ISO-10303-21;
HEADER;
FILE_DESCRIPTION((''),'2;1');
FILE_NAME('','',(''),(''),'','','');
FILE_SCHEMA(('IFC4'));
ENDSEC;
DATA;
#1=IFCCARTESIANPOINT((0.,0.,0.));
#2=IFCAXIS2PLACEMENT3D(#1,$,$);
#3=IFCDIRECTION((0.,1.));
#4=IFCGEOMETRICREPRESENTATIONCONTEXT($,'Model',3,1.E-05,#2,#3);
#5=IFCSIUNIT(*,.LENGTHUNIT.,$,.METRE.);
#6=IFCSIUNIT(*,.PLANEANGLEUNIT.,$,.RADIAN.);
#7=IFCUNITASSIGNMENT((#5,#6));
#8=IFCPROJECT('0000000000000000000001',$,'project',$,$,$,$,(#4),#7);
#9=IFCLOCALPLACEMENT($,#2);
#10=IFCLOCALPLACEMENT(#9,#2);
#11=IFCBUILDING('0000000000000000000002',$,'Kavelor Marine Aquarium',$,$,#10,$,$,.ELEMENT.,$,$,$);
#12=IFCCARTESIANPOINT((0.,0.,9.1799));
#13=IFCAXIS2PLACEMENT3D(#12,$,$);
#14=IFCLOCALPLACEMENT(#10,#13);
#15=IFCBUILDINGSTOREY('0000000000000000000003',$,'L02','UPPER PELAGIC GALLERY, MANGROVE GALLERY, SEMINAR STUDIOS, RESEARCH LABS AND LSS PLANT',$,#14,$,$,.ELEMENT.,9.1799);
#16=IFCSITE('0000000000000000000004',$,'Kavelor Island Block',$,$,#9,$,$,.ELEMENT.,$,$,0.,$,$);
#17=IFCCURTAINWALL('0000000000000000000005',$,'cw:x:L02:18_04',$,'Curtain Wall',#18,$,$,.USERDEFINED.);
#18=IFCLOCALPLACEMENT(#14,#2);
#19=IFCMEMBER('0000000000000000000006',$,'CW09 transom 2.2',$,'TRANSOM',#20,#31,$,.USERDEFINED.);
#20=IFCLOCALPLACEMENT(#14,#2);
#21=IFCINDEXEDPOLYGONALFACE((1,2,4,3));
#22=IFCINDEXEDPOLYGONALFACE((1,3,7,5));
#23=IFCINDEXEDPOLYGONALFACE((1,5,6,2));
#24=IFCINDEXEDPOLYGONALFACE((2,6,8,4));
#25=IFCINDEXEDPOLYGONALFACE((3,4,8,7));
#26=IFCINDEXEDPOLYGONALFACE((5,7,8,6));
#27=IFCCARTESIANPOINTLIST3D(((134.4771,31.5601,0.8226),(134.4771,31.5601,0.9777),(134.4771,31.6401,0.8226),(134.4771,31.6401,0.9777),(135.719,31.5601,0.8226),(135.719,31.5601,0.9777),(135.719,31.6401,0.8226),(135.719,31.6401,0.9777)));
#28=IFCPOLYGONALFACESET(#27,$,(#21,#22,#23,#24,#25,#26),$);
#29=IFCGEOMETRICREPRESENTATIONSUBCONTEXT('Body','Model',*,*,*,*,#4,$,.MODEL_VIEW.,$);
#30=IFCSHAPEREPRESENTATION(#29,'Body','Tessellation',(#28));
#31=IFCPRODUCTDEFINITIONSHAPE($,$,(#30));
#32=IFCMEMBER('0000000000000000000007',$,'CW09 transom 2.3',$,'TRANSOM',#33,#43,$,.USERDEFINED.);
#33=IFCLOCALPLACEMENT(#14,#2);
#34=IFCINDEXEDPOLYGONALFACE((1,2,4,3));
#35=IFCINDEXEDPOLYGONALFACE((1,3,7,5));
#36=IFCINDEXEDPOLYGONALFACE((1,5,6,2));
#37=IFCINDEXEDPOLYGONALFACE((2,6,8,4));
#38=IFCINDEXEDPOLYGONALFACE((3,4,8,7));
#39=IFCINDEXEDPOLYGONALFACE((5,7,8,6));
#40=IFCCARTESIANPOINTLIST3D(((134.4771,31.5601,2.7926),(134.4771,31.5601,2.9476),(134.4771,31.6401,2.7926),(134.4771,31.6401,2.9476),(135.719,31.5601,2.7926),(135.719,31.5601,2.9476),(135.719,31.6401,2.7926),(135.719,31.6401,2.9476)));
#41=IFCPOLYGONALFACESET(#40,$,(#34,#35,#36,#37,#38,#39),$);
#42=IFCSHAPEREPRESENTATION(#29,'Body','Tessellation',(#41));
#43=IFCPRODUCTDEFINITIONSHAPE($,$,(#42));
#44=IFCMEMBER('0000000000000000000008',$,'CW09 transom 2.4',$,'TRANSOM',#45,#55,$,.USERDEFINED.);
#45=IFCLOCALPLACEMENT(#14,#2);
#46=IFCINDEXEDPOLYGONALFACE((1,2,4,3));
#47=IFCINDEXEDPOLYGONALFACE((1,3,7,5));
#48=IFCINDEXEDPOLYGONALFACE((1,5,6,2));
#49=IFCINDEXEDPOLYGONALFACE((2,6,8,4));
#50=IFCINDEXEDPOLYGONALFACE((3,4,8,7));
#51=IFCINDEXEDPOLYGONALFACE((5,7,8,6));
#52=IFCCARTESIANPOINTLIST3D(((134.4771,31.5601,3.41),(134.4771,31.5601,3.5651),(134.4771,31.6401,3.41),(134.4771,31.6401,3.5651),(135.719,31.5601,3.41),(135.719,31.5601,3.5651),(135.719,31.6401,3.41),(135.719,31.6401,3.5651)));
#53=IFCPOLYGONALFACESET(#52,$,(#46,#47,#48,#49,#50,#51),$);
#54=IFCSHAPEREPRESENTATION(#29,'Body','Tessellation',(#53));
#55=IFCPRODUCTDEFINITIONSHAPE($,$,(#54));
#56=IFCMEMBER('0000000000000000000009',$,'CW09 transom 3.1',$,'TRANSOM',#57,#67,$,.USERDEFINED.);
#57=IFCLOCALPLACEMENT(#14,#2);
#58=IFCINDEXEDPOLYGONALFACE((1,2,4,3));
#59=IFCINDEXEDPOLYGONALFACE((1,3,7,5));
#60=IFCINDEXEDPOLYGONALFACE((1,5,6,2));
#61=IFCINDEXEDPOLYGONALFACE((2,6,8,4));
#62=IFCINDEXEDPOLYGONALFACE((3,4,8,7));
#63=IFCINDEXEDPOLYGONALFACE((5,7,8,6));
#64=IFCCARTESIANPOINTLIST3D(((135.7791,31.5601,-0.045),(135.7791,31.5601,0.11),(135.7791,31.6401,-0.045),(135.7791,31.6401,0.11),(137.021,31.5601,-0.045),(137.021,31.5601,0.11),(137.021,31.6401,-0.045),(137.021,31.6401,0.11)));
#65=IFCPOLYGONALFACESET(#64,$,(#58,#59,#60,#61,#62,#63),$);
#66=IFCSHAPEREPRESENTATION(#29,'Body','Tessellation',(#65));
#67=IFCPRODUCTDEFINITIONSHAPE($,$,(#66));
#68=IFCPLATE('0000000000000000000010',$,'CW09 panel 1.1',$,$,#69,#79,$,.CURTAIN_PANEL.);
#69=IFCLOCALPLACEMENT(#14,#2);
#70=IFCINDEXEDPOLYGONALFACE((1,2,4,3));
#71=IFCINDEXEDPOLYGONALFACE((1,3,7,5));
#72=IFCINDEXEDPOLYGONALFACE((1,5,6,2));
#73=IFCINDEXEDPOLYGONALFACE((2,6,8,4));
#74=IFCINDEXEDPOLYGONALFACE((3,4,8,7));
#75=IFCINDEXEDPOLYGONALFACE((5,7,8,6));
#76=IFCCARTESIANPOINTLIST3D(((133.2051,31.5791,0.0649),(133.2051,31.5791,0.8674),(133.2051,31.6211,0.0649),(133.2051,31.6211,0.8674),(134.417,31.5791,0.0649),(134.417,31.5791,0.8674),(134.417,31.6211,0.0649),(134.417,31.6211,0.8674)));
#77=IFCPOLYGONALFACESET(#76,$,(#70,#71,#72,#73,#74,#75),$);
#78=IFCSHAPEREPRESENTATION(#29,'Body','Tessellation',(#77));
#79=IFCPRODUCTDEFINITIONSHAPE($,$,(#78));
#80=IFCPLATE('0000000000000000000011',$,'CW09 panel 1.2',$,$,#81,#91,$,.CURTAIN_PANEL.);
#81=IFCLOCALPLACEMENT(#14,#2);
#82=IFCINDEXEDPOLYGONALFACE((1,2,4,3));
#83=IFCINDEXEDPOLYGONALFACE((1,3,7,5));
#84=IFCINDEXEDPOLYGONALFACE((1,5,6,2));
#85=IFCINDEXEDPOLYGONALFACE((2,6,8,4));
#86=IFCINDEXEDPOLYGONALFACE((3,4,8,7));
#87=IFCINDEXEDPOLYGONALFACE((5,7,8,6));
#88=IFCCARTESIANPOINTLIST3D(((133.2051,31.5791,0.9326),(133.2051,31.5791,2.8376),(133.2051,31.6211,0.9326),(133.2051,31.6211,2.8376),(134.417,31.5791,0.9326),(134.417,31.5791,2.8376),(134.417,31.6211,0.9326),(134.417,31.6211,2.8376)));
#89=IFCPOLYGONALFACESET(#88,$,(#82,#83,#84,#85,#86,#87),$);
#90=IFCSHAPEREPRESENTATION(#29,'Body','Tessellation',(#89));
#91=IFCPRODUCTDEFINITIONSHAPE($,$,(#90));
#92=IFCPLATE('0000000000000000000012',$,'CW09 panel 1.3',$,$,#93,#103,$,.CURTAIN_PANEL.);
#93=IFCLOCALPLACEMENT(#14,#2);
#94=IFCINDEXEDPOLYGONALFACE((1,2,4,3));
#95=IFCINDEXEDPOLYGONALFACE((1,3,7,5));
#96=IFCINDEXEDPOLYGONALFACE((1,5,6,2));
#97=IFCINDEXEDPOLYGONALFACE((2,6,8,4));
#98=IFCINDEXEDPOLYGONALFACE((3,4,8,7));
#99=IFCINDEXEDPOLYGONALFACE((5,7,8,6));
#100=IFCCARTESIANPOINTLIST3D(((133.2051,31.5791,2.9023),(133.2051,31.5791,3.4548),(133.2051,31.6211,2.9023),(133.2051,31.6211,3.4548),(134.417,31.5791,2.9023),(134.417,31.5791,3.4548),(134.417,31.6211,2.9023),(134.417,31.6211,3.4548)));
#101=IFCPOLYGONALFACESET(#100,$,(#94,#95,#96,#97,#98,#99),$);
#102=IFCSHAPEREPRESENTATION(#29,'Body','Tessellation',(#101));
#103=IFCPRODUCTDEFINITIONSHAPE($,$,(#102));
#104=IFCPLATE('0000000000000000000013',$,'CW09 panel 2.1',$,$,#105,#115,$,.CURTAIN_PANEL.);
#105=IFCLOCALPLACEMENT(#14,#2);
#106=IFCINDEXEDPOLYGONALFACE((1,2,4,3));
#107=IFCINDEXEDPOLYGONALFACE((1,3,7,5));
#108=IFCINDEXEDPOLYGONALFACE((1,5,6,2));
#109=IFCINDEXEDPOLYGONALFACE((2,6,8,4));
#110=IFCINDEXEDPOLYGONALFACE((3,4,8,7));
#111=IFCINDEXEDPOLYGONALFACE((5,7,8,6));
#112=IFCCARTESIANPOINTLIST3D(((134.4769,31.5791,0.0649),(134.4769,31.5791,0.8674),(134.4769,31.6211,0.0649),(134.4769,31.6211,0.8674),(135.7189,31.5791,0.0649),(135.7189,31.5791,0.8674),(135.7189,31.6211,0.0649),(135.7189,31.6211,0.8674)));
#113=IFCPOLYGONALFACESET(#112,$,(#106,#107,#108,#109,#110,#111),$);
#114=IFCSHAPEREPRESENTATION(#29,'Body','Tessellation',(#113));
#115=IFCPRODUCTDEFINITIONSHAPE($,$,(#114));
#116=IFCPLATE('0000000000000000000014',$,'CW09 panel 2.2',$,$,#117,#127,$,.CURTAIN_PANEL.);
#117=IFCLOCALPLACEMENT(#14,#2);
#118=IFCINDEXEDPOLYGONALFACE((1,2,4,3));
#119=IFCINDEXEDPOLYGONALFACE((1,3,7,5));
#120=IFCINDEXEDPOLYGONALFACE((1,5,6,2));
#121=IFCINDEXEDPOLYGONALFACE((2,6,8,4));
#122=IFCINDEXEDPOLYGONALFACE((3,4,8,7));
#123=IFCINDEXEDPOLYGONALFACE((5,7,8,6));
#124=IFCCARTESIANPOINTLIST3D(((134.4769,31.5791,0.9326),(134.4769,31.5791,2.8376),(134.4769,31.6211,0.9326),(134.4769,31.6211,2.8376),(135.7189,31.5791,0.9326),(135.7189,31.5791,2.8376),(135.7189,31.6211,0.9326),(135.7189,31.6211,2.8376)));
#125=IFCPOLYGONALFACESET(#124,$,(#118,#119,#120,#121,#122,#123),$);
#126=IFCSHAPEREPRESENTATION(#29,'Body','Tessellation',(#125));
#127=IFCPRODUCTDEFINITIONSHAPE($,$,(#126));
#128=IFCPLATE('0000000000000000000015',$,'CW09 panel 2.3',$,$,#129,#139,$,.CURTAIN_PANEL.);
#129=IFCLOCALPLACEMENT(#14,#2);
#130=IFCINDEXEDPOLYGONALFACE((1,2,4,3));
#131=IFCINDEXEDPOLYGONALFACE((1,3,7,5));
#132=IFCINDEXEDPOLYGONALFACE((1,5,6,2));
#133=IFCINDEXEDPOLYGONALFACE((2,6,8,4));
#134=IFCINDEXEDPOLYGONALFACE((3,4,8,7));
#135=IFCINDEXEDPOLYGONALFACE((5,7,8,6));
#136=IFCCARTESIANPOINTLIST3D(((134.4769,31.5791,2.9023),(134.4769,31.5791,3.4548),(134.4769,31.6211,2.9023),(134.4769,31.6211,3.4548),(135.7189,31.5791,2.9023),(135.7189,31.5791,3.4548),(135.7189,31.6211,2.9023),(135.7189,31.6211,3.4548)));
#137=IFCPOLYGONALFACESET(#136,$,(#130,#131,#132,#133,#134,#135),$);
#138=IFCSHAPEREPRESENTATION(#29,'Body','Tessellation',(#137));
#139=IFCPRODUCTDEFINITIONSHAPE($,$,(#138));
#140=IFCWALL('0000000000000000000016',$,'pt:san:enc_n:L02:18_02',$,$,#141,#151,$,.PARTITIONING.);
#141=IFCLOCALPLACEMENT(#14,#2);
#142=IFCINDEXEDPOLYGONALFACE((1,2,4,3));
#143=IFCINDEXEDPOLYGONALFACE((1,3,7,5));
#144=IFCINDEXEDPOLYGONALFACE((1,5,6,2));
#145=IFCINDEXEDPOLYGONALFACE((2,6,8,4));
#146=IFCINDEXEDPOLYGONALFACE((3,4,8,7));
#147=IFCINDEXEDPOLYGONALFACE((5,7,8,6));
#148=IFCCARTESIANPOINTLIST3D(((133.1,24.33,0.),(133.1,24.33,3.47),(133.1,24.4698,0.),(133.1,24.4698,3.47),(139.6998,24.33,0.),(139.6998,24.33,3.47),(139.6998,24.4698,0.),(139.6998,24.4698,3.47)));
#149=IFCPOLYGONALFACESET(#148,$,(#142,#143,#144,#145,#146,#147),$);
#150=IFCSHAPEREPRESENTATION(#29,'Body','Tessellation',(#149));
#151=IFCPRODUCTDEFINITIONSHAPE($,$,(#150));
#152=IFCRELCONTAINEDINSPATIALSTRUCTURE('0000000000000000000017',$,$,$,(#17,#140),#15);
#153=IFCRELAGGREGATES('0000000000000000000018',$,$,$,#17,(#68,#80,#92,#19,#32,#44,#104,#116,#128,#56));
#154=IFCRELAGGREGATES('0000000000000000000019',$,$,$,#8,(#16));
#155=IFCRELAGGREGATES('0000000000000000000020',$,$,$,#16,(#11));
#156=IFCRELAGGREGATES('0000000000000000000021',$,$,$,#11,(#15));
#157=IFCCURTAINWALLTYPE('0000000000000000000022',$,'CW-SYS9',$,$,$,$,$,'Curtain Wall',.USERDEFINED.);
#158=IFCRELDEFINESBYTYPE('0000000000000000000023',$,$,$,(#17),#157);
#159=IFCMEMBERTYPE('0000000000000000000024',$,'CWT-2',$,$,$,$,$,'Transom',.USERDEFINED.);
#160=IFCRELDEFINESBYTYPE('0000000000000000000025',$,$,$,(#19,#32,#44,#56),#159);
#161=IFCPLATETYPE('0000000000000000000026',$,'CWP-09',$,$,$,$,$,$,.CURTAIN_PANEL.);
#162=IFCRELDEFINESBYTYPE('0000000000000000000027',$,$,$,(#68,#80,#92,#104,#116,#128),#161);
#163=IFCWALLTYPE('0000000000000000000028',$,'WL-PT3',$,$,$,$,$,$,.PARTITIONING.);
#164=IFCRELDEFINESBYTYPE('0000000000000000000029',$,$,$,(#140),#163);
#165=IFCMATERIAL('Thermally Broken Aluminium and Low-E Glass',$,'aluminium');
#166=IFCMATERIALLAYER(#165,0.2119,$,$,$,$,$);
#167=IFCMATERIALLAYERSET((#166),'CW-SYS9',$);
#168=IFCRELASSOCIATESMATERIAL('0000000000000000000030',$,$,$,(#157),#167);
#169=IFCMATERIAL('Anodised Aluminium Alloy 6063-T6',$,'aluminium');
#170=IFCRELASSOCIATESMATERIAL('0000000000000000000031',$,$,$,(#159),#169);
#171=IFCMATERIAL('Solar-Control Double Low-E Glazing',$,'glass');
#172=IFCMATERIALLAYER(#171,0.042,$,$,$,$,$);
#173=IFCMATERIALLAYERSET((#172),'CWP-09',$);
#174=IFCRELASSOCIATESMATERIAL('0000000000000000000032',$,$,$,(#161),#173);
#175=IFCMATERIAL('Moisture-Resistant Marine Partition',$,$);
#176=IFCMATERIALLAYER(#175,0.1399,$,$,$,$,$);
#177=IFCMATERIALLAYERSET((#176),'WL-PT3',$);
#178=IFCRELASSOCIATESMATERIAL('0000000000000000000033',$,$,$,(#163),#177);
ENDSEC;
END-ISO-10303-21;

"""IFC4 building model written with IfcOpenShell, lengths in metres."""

from ifc_helpers import new_model, si_unit, direction, frame, frame_2d, origin, origin_2d, place, context, subcontext, project, spatial, rectangle, extrude, material, layer, layer_set, material_profile, profile_set, type_object, element, aggregate, save


model = new_model("IFC4")

# Units and contexts
model_context = context("Model", 3, precision=1e-05, world=origin(), true_north=direction((0.0, 1.0)))
body_context = subcontext(model_context, "Body", "Model", "MODEL_VIEW")
ifc_project = project(units=[si_unit("LENGTHUNIT", "METRE"), si_unit("PLANEANGLEUNIT", "RADIAN")], contexts=[model_context])

# Site, building, storey
site_placement = place(None, origin())
site = spatial("IfcSite", under=ifc_project, at=site_placement, Name="Kavelor Island Block", CompositionType="ELEMENT", RefElevation=0.0)
building_placement = place(site_placement, origin())
building = spatial("IfcBuilding", under=site, at=building_placement, Name="Kavelor Marine Aquarium", CompositionType="ELEMENT")
storey_placement = place(building_placement, frame((0.0, 0.0, 9.1799)))
storey = spatial("IfcBuildingStorey", under=building, at=storey_placement, Name="L02", Description="UPPER PELAGIC GALLERY, MANGROVE GALLERY, SEMINAR STUDIOS, RESEARCH LABS AND LSS PLANT", CompositionType="ELEMENT", Elevation=9.1799)

# Curtain wall, members, plates
ifc_material_1 = material(Name="Thermally Broken Aluminium and Low-E Glass", Category="aluminium")
ifc_layer_1 = layer(ifc_material_1, 0.2119)
ifc_layer_set_1 = layer_set([ifc_layer_1], Name="CW-SYS9")
curtain_wall_type = type_object("IfcCurtainWallType", Name="CW-SYS9", ElementType="Curtain Wall", PredefinedType="USERDEFINED", material=ifc_layer_set_1)
curtain_wall_placement = place(storey_placement, origin())
curtain_wall = element("IfcCurtainWall", 1, at=curtain_wall_placement, inside=storey, type_object=curtain_wall_type, Name="cw:x:L02:18_04", ObjectType="Curtain Wall", PredefinedType="USERDEFINED")
ifc_material_2 = material(Name="Anodised Aluminium Alloy 6063-T6", Category="aluminium")
ifc_material_profile_1 = material_profile(ifc_material_2, rectangle(XDim=0.0801, YDim=0.155, at=origin_2d()), Name="CW-TRN 80x155")
ifc_profile_set_1 = profile_set([ifc_material_profile_1], Name="Anodised Aluminium Alloy 6063-T6")
member_type_1 = type_object("IfcMemberType", Name="CWT-2", ElementType="Transom", PredefinedType="USERDEFINED", material=ifc_profile_set_1)
member_1_placement = place(storey_placement, frame((134.4771, 31.6001, 0.9001), z_axis=(1.0, 0.0, 0.0), x_axis=(0.0, 1.0, 0.0)))
member_1 = element("IfcMember", 2, at=member_1_placement, type_object=member_type_1, Name="CW09 transom 2.2", ObjectType="TRANSOM", PredefinedType="USERDEFINED", context=body_context, shape_type="SweptSolid", body=[
    extrude(rectangle(XDim=0.0801, YDim=0.155, at=origin_2d()), origin(), (0.0, 0.0, 1.0), 1.2419),
])
member_2_placement = place(storey_placement, frame((134.4771, 31.6001, 2.8701), z_axis=(1.0, 0.0, 0.0), x_axis=(0.0, 1.0, 0.0)))
member_2 = element("IfcMember", 3, at=member_2_placement, type_object=member_type_1, Name="CW09 transom 2.3", ObjectType="TRANSOM", PredefinedType="USERDEFINED", context=body_context, shape_type="SweptSolid", body=[
    extrude(rectangle(XDim=0.0801, YDim=0.155, at=origin_2d()), origin(), (0.0, 0.0, 1.0), 1.2419),
])
member_3_placement = place(storey_placement, frame((134.4771, 31.6001, 3.4875), z_axis=(1.0, 0.0, 0.0), x_axis=(0.0, 1.0, 0.0)))
member_3 = element("IfcMember", 4, at=member_3_placement, type_object=member_type_1, Name="CW09 transom 2.4", ObjectType="TRANSOM", PredefinedType="USERDEFINED", context=body_context, shape_type="SweptSolid", body=[
    extrude(rectangle(XDim=0.0801, YDim=0.155, at=origin_2d()), origin(), (0.0, 0.0, 1.0), 1.2419),
])
member_4_placement = place(storey_placement, frame((135.7791, 31.6001, 0.0325), z_axis=(1.0, 0.0, 0.0), x_axis=(0.0, 1.0, 0.0)))
member_4 = element("IfcMember", 5, at=member_4_placement, type_object=member_type_1, Name="CW09 transom 3.1", ObjectType="TRANSOM", PredefinedType="USERDEFINED", context=body_context, shape_type="SweptSolid", body=[
    extrude(rectangle(XDim=0.0801, YDim=0.155, at=origin_2d()), origin(), (0.0, 0.0, 1.0), 1.2419),
])
ifc_material_3 = material(Name="Solar-Control Double Low-E Glazing", Category="glass")
ifc_layer_2 = layer(ifc_material_3, 0.042)
ifc_layer_set_2 = layer_set([ifc_layer_2], Name="CWP-09")
plate_type = type_object("IfcPlateType", Name="CWP-09", PredefinedType="CURTAIN_PANEL", material=ifc_layer_set_2)
plate_1_placement = place(storey_placement, frame((133.811, 31.6001, 0.0649), z_axis=(0.0, 0.0, 1.0), x_axis=(1.0, 0.0, 0.0)))
plate_1 = element("IfcPlate", 6, at=plate_1_placement, type_object=plate_type, Name="CW09 panel 1.1", PredefinedType="CURTAIN_PANEL", context=body_context, shape_type="SweptSolid", body=[
    extrude(rectangle(XDim=1.2119, YDim=0.042, at=origin_2d()), origin(), (0.0, 0.0, 1.0), 0.8025),
])
plate_2_placement = place(storey_placement, frame((133.811, 31.6001, 0.9326), z_axis=(0.0, 0.0, 1.0), x_axis=(1.0, 0.0, 0.0)))
plate_2 = element("IfcPlate", 7, at=plate_2_placement, type_object=plate_type, Name="CW09 panel 1.2", PredefinedType="CURTAIN_PANEL", context=body_context, shape_type="SweptSolid", body=[
    extrude(rectangle(XDim=1.2119, YDim=0.042, at=origin_2d()), origin(), (0.0, 0.0, 1.0), 1.905),
])
plate_3_placement = place(storey_placement, frame((133.811, 31.6001, 2.9023), z_axis=(0.0, 0.0, 1.0), x_axis=(1.0, 0.0, 0.0)))
plate_3 = element("IfcPlate", 8, at=plate_3_placement, type_object=plate_type, Name="CW09 panel 1.3", PredefinedType="CURTAIN_PANEL", context=body_context, shape_type="SweptSolid", body=[
    extrude(rectangle(XDim=1.2119, YDim=0.042, at=origin_2d()), origin(), (0.0, 0.0, 1.0), 0.5525),
])
plate_4_placement = place(storey_placement, frame((135.0979, 31.6001, 0.0649), z_axis=(0.0, 0.0, 1.0), x_axis=(1.0, 0.0, 0.0)))
plate_4 = element("IfcPlate", 9, at=plate_4_placement, type_object=plate_type, Name="CW09 panel 2.1", PredefinedType="CURTAIN_PANEL", context=body_context, shape_type="SweptSolid", body=[
    extrude(rectangle(XDim=1.2419, YDim=0.042, at=origin_2d()), origin(), (0.0, 0.0, 1.0), 0.8025),
])
plate_5_placement = place(storey_placement, frame((135.0979, 31.6001, 0.9326), z_axis=(0.0, 0.0, 1.0), x_axis=(1.0, 0.0, 0.0)))
plate_5 = element("IfcPlate", 10, at=plate_5_placement, type_object=plate_type, Name="CW09 panel 2.2", PredefinedType="CURTAIN_PANEL", context=body_context, shape_type="SweptSolid", body=[
    extrude(rectangle(XDim=1.2419, YDim=0.042, at=origin_2d()), origin(), (0.0, 0.0, 1.0), 1.905),
])
plate_6_placement = place(storey_placement, frame((135.0979, 31.6001, 2.9023), z_axis=(0.0, 0.0, 1.0), x_axis=(1.0, 0.0, 0.0)))
plate_6 = element("IfcPlate", 11, at=plate_6_placement, type_object=plate_type, Name="CW09 panel 2.3", PredefinedType="CURTAIN_PANEL", context=body_context, shape_type="SweptSolid", body=[
    extrude(rectangle(XDim=1.2419, YDim=0.042, at=origin_2d()), origin(), (0.0, 0.0, 1.0), 0.5525),
])
aggregate(curtain_wall, [plate_1, plate_2, plate_3, member_1, member_2, member_3, plate_4, plate_5, plate_6, member_4])

# Wall
ifc_material_4 = material(Name="Moisture-Resistant Marine Partition")
ifc_layer_3 = layer(ifc_material_4, 0.1399)
ifc_layer_set_3 = layer_set([ifc_layer_3], Name="WL-PT3")
wall_type = type_object("IfcWallType", Name="WL-PT3", PredefinedType="PARTITIONING", material=ifc_layer_set_3)
wall_placement = place(storey_placement, frame((133.1001, 24.3999, 0.0), z_axis=(0.0, 0.0, 1.0), x_axis=(1.0, 0.0, 0.0)))
element("IfcWall", 12, at=wall_placement, inside=storey, type_object=wall_type, Name="pt:san:enc_n:L02:18_02", PredefinedType="PARTITIONING", context=body_context, shape_type="SweptSolid", body=[
    extrude(rectangle(XDim=6.5999, YDim=0.1399, at=frame_2d((3.2998, 0.0))), origin(), (0.0, 0.0, 1.0), 3.47),
])

save(model, "model.ifc")
